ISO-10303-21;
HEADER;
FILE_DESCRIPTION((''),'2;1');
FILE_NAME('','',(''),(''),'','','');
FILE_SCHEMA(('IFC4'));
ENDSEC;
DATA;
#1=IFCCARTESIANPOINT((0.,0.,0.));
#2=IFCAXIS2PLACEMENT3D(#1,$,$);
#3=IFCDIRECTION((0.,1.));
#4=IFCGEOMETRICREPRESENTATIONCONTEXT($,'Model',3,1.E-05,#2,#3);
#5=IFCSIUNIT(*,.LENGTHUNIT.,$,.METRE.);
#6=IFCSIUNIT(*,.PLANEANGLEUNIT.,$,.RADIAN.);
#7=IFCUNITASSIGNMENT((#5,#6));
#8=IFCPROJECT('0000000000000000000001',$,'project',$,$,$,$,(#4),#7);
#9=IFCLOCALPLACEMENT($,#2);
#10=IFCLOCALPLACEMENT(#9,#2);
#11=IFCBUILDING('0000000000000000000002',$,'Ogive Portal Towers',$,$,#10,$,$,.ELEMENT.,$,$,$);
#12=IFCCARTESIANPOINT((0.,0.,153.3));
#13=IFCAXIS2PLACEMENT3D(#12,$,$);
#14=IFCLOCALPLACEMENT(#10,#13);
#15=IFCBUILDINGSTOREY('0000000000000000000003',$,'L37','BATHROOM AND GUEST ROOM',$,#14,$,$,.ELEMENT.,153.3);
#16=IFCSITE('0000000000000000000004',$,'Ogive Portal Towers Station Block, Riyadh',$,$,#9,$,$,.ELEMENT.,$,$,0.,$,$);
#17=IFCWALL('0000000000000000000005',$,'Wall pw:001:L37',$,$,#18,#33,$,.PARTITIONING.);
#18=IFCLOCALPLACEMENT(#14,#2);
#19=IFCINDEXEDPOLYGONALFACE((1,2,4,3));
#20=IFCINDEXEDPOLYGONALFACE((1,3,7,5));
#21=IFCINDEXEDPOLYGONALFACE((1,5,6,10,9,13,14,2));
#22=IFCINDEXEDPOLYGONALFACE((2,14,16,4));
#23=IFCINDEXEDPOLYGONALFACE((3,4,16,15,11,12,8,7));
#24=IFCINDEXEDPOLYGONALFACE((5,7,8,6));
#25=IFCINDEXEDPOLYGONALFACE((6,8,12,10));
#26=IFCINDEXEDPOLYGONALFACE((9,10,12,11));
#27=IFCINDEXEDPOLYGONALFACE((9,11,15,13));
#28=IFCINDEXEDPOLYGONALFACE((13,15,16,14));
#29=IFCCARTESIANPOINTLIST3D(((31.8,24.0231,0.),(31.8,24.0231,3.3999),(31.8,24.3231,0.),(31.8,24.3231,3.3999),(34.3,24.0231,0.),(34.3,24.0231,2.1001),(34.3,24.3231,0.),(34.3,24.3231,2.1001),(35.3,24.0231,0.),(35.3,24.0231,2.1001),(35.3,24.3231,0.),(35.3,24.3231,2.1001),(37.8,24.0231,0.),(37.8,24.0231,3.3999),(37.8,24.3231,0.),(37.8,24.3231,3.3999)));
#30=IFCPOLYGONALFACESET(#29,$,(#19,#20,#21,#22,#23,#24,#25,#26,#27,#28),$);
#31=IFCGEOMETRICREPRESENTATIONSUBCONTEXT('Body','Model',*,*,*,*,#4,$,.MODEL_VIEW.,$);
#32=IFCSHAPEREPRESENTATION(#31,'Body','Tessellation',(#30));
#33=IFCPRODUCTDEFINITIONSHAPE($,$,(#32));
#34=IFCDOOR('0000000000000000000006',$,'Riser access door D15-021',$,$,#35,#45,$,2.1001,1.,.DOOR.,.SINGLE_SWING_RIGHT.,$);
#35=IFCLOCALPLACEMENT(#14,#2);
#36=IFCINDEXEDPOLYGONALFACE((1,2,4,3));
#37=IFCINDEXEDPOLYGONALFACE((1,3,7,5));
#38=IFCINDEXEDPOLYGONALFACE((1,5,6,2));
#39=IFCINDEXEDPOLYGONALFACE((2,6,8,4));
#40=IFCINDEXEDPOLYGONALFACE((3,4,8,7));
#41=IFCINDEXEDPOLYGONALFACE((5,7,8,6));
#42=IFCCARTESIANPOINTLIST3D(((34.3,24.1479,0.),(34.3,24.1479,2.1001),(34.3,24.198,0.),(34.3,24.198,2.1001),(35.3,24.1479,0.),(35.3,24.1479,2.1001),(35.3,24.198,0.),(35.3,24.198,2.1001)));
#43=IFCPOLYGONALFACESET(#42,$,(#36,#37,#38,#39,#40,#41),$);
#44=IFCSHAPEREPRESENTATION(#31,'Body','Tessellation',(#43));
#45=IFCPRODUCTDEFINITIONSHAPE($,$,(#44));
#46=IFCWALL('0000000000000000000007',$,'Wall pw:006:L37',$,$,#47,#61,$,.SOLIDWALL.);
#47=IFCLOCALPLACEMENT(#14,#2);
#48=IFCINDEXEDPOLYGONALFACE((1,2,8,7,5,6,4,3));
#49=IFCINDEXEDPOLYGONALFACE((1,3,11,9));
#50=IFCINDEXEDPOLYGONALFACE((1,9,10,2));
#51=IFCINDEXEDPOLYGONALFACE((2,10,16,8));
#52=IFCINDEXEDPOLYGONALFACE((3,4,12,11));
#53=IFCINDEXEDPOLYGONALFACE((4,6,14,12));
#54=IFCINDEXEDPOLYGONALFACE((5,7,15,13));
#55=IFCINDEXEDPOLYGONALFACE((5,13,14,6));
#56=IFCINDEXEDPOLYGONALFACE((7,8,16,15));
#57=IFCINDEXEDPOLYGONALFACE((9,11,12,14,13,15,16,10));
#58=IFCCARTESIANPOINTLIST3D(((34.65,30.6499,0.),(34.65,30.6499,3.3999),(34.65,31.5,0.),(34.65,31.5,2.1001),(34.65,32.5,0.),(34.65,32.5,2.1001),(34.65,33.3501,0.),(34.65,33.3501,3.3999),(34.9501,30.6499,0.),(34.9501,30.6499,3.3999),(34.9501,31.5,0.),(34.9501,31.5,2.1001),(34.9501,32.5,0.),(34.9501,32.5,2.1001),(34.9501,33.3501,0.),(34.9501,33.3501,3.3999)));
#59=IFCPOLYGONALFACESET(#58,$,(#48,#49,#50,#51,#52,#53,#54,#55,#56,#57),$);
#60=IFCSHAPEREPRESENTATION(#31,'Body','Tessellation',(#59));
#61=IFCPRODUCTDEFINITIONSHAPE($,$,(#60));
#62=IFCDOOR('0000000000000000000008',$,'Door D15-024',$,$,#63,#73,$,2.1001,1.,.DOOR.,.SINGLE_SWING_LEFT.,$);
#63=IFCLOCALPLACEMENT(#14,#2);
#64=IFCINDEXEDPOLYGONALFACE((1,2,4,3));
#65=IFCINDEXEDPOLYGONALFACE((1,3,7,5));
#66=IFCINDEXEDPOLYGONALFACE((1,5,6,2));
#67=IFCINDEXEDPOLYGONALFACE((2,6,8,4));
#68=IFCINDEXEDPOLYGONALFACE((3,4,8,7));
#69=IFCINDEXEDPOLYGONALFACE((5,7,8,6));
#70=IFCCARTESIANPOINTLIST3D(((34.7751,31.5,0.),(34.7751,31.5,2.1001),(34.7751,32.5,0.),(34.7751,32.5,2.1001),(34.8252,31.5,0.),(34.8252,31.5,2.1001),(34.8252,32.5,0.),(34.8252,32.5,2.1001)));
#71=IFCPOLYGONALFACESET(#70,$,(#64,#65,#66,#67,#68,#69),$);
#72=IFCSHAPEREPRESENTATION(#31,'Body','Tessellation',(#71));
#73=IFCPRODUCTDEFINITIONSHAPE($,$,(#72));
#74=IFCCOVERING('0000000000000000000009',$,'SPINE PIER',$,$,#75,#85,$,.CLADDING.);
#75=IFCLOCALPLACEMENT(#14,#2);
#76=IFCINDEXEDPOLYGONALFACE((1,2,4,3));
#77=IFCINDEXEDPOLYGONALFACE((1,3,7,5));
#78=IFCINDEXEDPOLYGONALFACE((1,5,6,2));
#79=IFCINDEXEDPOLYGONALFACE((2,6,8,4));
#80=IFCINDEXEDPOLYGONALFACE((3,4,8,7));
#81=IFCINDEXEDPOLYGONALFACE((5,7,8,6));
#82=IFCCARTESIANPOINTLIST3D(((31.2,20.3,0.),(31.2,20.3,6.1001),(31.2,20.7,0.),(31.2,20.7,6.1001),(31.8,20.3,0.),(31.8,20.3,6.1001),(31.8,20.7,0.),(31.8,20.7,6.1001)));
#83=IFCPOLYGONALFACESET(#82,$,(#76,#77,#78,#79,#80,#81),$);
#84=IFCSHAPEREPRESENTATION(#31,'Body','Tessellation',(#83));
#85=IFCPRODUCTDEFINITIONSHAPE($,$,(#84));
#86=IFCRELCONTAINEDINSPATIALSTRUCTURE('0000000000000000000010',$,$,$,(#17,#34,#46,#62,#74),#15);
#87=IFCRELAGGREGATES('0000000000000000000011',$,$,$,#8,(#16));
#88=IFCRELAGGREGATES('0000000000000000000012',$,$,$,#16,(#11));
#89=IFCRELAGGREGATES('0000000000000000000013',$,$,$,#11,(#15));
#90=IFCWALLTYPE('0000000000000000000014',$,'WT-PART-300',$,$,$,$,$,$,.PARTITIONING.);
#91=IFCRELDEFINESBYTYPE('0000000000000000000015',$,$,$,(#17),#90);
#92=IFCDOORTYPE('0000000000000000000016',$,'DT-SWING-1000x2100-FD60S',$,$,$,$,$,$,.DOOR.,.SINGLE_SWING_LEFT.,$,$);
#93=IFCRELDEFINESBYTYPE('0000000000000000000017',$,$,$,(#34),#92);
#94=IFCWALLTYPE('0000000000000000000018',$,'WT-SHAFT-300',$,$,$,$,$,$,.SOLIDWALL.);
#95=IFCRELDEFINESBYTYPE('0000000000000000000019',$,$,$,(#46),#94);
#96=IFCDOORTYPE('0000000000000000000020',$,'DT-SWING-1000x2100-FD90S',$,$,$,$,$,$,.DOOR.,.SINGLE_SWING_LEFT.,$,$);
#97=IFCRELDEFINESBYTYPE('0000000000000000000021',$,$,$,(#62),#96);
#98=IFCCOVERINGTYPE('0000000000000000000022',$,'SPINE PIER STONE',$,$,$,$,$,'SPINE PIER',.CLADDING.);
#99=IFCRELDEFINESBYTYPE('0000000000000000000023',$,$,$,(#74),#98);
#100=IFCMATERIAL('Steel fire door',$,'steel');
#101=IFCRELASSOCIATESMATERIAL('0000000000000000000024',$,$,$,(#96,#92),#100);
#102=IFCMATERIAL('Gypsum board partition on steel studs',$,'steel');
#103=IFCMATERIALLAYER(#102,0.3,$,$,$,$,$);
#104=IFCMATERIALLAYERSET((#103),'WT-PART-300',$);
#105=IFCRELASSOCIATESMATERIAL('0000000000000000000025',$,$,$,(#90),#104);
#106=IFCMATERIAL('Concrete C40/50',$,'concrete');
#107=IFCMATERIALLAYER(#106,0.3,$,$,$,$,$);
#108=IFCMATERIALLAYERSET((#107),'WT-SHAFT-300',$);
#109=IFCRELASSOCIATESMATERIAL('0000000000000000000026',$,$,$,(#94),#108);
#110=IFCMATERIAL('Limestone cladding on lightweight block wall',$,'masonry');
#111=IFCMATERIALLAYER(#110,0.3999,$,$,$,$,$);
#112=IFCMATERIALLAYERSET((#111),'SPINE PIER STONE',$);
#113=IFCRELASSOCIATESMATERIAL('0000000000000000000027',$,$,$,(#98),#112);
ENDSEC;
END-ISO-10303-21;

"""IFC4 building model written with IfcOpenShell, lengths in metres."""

from ifc_helpers import new_model, si_unit, direction, frame, frame_2d, origin, origin_2d, place, context, subcontext, project, spatial, rectangle, extrude, material, layer, layer_set, type_object, element, fill, save


model = new_model("IFC4")

# Units and contexts
model_context = context("Model", 3, precision=1e-05, world=origin(), true_north=direction((0.0, 1.0)))
body_context = subcontext(model_context, "Body", "Model", "MODEL_VIEW")
ifc_project = project(units=[si_unit("LENGTHUNIT", "METRE"), si_unit("PLANEANGLEUNIT", "RADIAN")], contexts=[model_context])

# Site, building, storey
site_placement = place(None, origin())
site = spatial("IfcSite", under=ifc_project, at=site_placement, Name="Ogive Portal Towers Station Block, Riyadh", CompositionType="ELEMENT", RefElevation=0.0)
building_placement = place(site_placement, origin())
building = spatial("IfcBuilding", under=site, at=building_placement, Name="Ogive Portal Towers", CompositionType="ELEMENT")
storey_placement = place(building_placement, frame((0.0, 0.0, 153.3)))
storey = spatial("IfcBuildingStorey", under=building, at=storey_placement, Name="L37", Description="BATHROOM AND GUEST ROOM", CompositionType="ELEMENT", Elevation=153.3)

# Shared definitions
ifc_material_1 = material(Name="Steel fire door", Category="steel")
door_type_1 = type_object("IfcDoorType", Name="DT-SWING-1000x2100-FD90S", OperationType="SINGLE_SWING_LEFT", PredefinedType="DOOR", material=ifc_material_1)

# Shared definitions
ifc_material_2 = material(Name="Limestone cladding on lightweight block wall", Category="masonry")

# Walls, openings, doors
ifc_material_3 = material(Name="Gypsum board partition on steel studs", Category="steel")
ifc_layer_1 = layer(ifc_material_3, 0.3)
ifc_layer_set_1 = layer_set([ifc_layer_1], Name="WT-PART-300")
wall_type_1 = type_object("IfcWallType", Name="WT-PART-300", PredefinedType="PARTITIONING", material=ifc_layer_set_1)
wall_1_placement = place(storey_placement, frame((31.8, 24.1731, 0.0), z_axis=(0.0, 0.0, 1.0), x_axis=(1.0, 0.0, 0.0)))
wall_1 = element("IfcWall", 1, at=wall_1_placement, inside=storey, type_object=wall_type_1, Name="Wall pw:001:L37", PredefinedType="PARTITIONING", context=body_context, shape_type="SweptSolid", body=[
    extrude(rectangle(XDim=6.0, YDim=0.3, at=frame_2d((3.0, 0.0))), origin(), (0.0, 0.0, 1.0), 3.3999),
])
opening_1_placement = place(wall_1_placement, frame((2.5, 0.0, 0.0)))
opening_1 = element("IfcOpeningElement", 2, at=opening_1_placement, cuts=wall_1, PredefinedType="OPENING", context=body_context, shape_type="SweptSolid", body=[
    extrude(rectangle(XDim=1.0, YDim=2.1001, at=frame_2d((0.5, 1.05))), frame((0.0, 0.1602, 0.0), z_axis=(0.0, -1.0, 0.0), x_axis=(1.0, 0.0, 0.0)), (0.0, 0.0, 1.0), 0.3201),
])
door_type_2 = type_object("IfcDoorType", Name="DT-SWING-1000x2100-FD60S", OperationType="SINGLE_SWING_LEFT", PredefinedType="DOOR", material=ifc_material_1)
door_1_placement = place(opening_1_placement, origin())
door_1 = element("IfcDoor", 3, at=door_1_placement, inside=storey, type_object=door_type_2, Name="Riser access door D15-021", OperationType="SINGLE_SWING_RIGHT", OverallHeight=2.1001, OverallWidth=1.0, PredefinedType="DOOR", context=body_context, shape_type="SweptSolid", body=[
    extrude(rectangle(XDim=1.0, YDim=2.1001, at=frame_2d((0.5, 1.05))), frame((0.0, 0.0249, 0.0), z_axis=(0.0, -1.0, 0.0), x_axis=(1.0, 0.0, 0.0)), (0.0, 0.0, 1.0), 0.05),
])
fill(opening_1, door_1)
ifc_material_4 = material(Name="Concrete C40/50", Category="concrete")
ifc_layer_2 = layer(ifc_material_4, 0.3)
ifc_layer_set_2 = layer_set([ifc_layer_2], Name="WT-SHAFT-300")
wall_type_2 = type_object("IfcWallType", Name="WT-SHAFT-300", PredefinedType="SOLIDWALL", material=ifc_layer_set_2)
wall_2_placement = place(storey_placement, frame((34.8, 30.6499, 0.0), z_axis=(0.0, 0.0, 1.0), x_axis=(0.0, 1.0, 0.0)))
wall_2 = element("IfcWall", 4, at=wall_2_placement, inside=storey, type_object=wall_type_2, Name="Wall pw:006:L37", PredefinedType="SOLIDWALL", context=body_context, shape_type="SweptSolid", body=[
    extrude(rectangle(XDim=2.7002, YDim=0.3, at=frame_2d((1.3501, 0.0))), origin(), (0.0, 0.0, 1.0), 3.3999),
])
opening_2_placement = place(wall_2_placement, frame((0.8501, 0.0, 0.0)))
opening_2 = element("IfcOpeningElement", 5, at=opening_2_placement, cuts=wall_2, PredefinedType="OPENING", context=body_context, shape_type="SweptSolid", body=[
    extrude(rectangle(XDim=1.0, YDim=2.1001, at=frame_2d((0.5, 1.05))), frame((0.0, 0.1602, 0.0), z_axis=(0.0, -1.0, 0.0), x_axis=(1.0, 0.0, 0.0)), (0.0, 0.0, 1.0), 0.3201),
])
door_2_placement = place(opening_2_placement, origin())
door_2 = element("IfcDoor", 6, at=door_2_placement, inside=storey, type_object=door_type_1, Name="Door D15-024", OperationType="SINGLE_SWING_LEFT", OverallHeight=2.1001, OverallWidth=1.0, PredefinedType="DOOR", context=body_context, shape_type="SweptSolid", body=[
    extrude(rectangle(XDim=1.0, YDim=2.1001, at=frame_2d((0.5, 1.05))), frame((0.0, 0.0249, 0.0), z_axis=(0.0, -1.0, 0.0), x_axis=(1.0, 0.0, 0.0)), (0.0, 0.0, 1.0), 0.05),
])
fill(opening_2, door_2)

# Covering
ifc_layer_3 = layer(ifc_material_2, 0.3999)
ifc_layer_set_3 = layer_set([ifc_layer_3], Name="SPINE PIER STONE")
covering_type = type_object("IfcCoveringType", Name="SPINE PIER STONE", ElementType="SPINE PIER", PredefinedType="CLADDING", material=ifc_layer_set_3)
covering_placement = place(storey_placement, frame((31.5, 20.5, 0.0), z_axis=(0.0, 0.0, 1.0), x_axis=(1.0, 0.0, 0.0)))
element("IfcCovering", 7, at=covering_placement, inside=storey, type_object=covering_type, Name="SPINE PIER", PredefinedType="CLADDING", context=body_context, shape_type="SweptSolid", body=[
    extrude(rectangle(XDim=0.6001, YDim=0.3999, at=origin_2d()), origin(), (0.0, 0.0, 1.0), 6.1001),
])

save(model, "model.ifc")
